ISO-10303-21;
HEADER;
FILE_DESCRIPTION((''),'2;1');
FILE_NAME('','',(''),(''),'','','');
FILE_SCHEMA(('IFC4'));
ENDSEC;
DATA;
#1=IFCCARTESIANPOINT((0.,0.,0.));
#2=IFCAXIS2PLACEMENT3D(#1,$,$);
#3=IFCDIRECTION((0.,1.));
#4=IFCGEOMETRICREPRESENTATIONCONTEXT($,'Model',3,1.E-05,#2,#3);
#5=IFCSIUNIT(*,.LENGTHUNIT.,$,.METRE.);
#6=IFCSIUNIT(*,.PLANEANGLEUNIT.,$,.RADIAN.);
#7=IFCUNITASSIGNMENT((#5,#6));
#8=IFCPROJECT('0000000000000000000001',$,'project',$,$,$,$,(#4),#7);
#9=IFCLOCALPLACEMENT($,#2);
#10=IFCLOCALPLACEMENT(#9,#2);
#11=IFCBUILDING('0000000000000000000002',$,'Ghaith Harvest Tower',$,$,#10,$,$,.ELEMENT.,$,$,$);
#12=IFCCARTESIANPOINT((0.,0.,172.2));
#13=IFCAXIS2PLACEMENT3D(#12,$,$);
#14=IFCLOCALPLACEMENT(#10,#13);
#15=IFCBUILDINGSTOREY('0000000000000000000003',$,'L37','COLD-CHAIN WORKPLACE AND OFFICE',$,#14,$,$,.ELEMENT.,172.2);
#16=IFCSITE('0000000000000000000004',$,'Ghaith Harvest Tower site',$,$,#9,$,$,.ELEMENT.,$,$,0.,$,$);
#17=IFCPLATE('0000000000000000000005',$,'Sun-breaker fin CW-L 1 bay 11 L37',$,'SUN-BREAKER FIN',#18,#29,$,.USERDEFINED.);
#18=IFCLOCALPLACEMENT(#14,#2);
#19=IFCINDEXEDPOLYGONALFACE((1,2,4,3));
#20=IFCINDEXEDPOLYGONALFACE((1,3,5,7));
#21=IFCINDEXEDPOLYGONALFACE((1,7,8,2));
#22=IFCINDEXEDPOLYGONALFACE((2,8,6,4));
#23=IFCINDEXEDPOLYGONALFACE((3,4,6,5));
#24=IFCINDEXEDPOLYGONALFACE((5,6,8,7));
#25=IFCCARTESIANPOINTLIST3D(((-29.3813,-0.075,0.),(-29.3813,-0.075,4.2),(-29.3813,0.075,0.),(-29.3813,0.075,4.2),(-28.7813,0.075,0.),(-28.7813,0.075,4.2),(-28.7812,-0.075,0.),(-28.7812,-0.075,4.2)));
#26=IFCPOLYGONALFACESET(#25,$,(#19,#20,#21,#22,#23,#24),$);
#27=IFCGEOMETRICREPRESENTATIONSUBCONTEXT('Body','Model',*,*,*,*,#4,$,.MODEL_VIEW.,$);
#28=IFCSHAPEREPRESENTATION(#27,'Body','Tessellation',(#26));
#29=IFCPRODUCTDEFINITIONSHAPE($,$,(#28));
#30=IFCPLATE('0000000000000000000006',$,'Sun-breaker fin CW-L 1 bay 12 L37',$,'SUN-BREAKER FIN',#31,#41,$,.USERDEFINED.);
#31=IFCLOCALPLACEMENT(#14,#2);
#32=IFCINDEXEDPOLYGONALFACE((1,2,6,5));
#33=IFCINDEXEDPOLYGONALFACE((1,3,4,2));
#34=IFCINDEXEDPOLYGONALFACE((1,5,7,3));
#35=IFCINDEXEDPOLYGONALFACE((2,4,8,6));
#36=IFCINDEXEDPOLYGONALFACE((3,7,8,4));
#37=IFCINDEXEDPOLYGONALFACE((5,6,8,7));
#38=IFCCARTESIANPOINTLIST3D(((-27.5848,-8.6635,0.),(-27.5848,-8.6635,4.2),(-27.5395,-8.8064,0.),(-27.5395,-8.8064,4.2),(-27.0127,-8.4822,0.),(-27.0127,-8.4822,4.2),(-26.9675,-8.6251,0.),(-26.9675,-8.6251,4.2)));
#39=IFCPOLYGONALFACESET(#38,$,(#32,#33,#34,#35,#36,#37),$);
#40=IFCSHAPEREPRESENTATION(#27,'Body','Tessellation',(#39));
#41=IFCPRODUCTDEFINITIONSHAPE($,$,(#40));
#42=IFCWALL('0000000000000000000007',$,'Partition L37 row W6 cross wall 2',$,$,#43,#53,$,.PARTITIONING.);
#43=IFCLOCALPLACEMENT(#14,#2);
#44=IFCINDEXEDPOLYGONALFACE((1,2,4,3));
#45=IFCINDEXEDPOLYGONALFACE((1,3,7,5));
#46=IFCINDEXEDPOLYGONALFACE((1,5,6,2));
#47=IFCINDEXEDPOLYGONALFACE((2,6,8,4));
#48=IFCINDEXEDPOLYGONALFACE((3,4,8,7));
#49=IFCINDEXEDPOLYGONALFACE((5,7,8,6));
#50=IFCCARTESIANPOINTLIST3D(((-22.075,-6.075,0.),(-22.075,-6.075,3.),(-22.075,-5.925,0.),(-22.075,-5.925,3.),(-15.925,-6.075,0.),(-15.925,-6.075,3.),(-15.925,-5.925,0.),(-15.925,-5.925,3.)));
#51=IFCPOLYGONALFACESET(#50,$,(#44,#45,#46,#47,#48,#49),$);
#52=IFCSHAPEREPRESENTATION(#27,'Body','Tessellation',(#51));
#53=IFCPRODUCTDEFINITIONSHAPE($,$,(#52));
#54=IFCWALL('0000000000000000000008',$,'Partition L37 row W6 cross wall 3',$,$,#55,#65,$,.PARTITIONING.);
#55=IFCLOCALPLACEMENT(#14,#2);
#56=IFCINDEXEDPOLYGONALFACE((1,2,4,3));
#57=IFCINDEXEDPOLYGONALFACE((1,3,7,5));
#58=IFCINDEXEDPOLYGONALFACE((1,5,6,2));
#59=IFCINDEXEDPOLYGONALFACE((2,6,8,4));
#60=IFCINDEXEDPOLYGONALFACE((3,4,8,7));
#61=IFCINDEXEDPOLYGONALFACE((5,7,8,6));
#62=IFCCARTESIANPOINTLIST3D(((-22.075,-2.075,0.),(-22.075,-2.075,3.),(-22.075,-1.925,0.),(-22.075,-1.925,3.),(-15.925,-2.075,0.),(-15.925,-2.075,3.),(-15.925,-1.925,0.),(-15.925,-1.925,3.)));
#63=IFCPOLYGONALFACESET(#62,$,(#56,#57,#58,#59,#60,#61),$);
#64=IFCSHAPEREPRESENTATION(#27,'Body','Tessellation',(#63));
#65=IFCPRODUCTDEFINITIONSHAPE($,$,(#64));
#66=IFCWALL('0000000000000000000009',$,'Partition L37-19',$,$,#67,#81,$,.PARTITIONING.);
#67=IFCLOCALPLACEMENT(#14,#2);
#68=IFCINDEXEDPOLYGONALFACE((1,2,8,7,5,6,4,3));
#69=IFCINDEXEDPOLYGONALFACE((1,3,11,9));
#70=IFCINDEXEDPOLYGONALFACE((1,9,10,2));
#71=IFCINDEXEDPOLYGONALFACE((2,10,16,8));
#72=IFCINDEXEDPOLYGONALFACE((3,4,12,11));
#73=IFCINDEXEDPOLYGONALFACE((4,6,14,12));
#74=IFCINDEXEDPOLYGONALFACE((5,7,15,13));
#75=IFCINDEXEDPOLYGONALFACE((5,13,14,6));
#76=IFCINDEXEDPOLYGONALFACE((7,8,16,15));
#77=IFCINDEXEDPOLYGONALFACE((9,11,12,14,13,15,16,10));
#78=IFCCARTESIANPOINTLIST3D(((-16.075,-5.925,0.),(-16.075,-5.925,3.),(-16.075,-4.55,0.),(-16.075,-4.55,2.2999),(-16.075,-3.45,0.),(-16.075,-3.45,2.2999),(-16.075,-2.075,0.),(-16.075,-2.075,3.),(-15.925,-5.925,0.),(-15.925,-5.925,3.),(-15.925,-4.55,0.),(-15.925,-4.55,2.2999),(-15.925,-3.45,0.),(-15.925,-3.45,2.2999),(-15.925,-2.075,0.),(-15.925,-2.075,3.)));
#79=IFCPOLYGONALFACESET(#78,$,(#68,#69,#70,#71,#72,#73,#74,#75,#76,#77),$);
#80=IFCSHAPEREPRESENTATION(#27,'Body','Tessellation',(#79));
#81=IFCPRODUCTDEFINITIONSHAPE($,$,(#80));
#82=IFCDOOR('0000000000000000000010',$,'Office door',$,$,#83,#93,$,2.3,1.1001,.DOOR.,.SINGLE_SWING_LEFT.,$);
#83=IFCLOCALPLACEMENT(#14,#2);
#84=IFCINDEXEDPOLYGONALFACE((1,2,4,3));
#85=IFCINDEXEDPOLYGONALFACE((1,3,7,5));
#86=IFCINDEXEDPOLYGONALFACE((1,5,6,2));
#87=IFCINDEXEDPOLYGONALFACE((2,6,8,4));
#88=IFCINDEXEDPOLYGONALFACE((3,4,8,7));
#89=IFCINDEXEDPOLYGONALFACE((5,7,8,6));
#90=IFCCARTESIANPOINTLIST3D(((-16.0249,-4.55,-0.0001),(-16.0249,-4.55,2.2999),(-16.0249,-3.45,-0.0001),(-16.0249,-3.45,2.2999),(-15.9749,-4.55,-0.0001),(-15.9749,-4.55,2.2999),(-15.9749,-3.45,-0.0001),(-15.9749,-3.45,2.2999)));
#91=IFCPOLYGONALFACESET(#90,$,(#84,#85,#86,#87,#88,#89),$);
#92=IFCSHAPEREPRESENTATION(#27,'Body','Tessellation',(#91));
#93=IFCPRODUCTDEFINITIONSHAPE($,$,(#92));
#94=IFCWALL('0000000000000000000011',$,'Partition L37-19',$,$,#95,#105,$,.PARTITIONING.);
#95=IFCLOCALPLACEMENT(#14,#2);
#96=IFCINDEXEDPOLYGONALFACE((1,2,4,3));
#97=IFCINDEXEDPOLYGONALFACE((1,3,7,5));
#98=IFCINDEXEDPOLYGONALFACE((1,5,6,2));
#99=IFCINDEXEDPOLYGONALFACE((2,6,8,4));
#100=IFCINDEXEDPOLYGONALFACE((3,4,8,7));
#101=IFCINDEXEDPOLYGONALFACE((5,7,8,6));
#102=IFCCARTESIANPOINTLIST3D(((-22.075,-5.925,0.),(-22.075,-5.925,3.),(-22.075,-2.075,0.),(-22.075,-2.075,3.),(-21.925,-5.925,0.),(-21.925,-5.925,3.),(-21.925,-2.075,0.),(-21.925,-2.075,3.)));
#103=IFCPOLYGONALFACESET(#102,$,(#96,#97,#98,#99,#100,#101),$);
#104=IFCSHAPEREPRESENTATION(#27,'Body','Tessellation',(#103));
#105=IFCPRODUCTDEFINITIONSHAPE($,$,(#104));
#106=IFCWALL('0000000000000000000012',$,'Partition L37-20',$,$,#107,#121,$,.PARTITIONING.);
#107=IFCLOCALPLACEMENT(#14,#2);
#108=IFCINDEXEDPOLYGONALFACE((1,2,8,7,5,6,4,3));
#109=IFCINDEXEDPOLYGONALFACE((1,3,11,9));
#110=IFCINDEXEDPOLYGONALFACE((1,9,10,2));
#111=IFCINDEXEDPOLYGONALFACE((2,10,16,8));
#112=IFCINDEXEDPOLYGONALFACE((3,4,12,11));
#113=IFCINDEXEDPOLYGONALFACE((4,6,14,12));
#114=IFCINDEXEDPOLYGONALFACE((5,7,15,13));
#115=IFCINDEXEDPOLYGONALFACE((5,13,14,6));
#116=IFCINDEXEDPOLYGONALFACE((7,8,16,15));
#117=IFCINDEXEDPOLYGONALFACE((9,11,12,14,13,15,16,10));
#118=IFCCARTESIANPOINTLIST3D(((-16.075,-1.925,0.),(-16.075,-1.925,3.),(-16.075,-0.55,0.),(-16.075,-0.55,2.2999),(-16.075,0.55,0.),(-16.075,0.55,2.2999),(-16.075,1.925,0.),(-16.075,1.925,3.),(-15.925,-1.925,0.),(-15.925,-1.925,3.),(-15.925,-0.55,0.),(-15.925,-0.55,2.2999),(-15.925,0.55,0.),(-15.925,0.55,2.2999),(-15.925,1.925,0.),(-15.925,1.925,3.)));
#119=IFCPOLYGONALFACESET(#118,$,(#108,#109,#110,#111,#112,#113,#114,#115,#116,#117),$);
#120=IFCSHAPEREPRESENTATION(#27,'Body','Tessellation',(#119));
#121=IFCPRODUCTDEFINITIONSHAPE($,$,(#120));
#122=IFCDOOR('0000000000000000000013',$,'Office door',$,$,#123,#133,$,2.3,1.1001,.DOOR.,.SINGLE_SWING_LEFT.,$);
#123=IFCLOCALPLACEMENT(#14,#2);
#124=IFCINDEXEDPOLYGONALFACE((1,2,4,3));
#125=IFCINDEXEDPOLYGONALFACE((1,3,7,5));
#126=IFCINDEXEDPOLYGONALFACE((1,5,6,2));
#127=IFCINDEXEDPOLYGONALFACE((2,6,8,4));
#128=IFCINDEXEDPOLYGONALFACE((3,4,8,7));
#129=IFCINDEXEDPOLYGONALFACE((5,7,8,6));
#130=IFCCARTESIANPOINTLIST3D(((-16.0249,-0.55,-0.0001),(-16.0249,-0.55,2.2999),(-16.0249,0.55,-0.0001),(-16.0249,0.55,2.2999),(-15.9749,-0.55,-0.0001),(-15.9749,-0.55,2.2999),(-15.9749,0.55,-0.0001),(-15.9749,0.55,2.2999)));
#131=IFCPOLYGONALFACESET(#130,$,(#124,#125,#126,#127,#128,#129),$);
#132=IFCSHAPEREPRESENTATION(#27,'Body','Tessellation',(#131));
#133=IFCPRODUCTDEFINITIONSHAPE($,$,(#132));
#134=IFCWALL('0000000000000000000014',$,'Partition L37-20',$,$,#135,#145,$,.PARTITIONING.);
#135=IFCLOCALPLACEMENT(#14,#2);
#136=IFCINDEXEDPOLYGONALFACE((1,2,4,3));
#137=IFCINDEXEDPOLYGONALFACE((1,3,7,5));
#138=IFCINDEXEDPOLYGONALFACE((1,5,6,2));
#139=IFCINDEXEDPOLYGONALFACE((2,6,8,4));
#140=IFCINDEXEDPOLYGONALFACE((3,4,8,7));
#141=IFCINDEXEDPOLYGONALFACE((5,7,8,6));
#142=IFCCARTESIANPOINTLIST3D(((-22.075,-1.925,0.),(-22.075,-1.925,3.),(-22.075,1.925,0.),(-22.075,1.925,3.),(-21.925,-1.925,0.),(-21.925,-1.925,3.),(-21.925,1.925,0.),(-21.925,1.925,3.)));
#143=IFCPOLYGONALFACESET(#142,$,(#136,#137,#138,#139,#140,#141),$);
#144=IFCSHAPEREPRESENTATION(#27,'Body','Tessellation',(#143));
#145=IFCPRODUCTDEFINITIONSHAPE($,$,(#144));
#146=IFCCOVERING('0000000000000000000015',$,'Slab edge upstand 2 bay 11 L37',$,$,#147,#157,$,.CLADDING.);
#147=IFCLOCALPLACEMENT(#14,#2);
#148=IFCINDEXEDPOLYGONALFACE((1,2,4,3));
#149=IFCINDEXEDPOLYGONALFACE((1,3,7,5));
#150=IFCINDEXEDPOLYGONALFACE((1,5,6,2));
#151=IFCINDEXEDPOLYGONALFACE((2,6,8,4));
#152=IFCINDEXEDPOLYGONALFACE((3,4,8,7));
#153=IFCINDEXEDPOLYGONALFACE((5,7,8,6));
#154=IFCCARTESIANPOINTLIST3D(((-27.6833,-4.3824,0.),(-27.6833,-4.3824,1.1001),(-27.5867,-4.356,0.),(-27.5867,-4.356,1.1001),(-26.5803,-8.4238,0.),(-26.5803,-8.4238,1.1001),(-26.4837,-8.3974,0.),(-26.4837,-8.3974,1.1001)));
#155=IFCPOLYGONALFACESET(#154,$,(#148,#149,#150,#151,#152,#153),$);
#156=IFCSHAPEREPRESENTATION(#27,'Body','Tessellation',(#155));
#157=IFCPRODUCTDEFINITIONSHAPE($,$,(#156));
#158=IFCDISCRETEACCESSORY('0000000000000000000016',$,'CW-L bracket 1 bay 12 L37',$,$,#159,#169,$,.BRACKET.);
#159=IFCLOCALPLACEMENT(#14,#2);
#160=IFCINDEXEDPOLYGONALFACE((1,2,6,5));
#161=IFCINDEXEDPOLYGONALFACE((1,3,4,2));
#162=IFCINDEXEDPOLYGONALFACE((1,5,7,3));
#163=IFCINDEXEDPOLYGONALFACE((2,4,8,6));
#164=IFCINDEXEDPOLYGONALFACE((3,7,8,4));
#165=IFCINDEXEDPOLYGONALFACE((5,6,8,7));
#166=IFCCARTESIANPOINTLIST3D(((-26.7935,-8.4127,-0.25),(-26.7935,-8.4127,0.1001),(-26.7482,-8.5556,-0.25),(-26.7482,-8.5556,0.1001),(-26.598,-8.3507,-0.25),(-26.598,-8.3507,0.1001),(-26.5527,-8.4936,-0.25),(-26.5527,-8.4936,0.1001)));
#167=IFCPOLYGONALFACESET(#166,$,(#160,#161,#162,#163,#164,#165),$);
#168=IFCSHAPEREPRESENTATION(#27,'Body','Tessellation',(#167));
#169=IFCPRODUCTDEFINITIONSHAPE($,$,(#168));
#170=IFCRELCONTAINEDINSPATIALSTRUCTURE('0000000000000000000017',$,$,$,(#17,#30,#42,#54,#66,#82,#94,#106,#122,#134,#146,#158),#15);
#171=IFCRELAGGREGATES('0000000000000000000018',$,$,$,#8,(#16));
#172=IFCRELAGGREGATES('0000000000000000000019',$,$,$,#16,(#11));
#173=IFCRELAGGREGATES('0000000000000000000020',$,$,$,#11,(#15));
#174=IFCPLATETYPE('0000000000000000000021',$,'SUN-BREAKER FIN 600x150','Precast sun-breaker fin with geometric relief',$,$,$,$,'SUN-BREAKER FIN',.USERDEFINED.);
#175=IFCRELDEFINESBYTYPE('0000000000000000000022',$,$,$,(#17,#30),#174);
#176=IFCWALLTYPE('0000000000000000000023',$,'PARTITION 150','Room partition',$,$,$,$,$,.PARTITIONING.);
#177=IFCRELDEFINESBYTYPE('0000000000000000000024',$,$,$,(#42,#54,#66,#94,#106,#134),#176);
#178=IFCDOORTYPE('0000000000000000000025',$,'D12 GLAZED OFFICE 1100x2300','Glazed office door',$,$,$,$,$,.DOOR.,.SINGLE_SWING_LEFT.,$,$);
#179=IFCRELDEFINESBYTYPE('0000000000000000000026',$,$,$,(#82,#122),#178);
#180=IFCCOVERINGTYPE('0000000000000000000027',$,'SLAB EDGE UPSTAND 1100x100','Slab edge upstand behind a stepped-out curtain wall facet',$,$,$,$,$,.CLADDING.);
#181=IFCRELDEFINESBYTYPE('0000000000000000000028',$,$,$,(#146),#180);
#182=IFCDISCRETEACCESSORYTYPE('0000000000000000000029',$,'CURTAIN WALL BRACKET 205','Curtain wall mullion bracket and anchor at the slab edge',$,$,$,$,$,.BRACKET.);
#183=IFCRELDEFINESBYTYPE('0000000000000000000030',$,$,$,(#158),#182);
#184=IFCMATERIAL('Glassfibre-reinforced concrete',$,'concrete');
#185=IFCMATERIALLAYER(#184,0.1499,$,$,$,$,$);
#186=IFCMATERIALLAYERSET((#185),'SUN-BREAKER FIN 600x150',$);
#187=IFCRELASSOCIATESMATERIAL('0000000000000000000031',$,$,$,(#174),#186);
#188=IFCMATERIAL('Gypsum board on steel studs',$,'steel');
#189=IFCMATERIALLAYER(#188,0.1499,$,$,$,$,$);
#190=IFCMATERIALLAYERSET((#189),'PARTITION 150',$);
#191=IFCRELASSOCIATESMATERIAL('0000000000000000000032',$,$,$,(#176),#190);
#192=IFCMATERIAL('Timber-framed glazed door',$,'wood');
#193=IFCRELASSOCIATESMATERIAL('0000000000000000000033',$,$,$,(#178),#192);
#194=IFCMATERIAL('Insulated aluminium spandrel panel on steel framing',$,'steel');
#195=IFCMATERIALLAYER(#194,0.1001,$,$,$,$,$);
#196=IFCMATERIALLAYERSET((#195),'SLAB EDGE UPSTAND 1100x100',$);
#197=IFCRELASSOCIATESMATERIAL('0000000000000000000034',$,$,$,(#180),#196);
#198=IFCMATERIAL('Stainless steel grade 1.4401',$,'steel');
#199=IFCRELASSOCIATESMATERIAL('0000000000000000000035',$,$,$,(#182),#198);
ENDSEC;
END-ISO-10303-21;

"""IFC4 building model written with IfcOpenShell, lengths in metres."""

from ifc_helpers import new_model, si_unit, direction, frame, frame_2d, origin, origin_2d, place, context, subcontext, project, spatial, rectangle, extrude, material, layer, layer_set, type_object, element, fill, save


model = new_model("IFC4")

# Units and contexts
model_context = context("Model", 3, precision=1e-05, world=origin(), true_north=direction((0.0, 1.0)))
body_context = subcontext(model_context, "Body", "Model", "MODEL_VIEW")
ifc_project = project(units=[si_unit("LENGTHUNIT", "METRE"), si_unit("PLANEANGLEUNIT", "RADIAN")], contexts=[model_context])

# Site, building, storey
site_placement = place(None, origin())
site = spatial("IfcSite", under=ifc_project, at=site_placement, Name="Ghaith Harvest Tower site", CompositionType="ELEMENT", RefElevation=0.0)
building_placement = place(site_placement, origin())
building = spatial("IfcBuilding", under=site, at=building_placement, Name="Ghaith Harvest Tower", CompositionType="ELEMENT")
storey_placement = place(building_placement, frame((0.0, 0.0, 172.2)))
storey = spatial("IfcBuildingStorey", under=building, at=storey_placement, Name="L37", Description="COLD-CHAIN WORKPLACE AND OFFICE", CompositionType="ELEMENT", Elevation=172.2)

# Plates
ifc_material_1 = material(Name="Glassfibre-reinforced concrete", Category="concrete")
ifc_layer_1 = layer(ifc_material_1, 0.1499)
ifc_layer_set_1 = layer_set([ifc_layer_1], Name="SUN-BREAKER FIN 600x150")
plate_type_1 = type_object("IfcPlateType", Name="SUN-BREAKER FIN 600x150", Description="Precast sun-breaker fin with geometric relief", ElementType="SUN-BREAKER FIN", PredefinedType="USERDEFINED", material=ifc_layer_set_1)
for number, where, z_axis, x_axis, name in (
    (1, (-29.0813, 0.0, 0.0), (0.0, 0.0, 1.0), (-1.0, 0.0, 0.0), "Sun-breaker fin CW-L 1 bay 11 L37"),
    (2, (-27.2761, -8.6443, 0.0), (0.0, 0.0, 1.0), (-0.953273, -0.30211, 0.0), "Sun-breaker fin CW-L 1 bay 12 L37"),
):
    element("IfcPlate", number, at=place(storey_placement, frame(where, z_axis=z_axis, x_axis=x_axis)), inside=storey, type_object=plate_type_1, Name=name, ObjectType="SUN-BREAKER FIN", PredefinedType="USERDEFINED", context=body_context, shape_type="SweptSolid", body=[
        extrude(rectangle(XDim=0.6001, YDim=0.1499, at=origin_2d()), origin(), (0.0, 0.0, 1.0), 4.2),
    ])

# Walls
ifc_material_2 = material(Name="Gypsum board on steel studs", Category="steel")
ifc_layer_2 = layer(ifc_material_2, 0.1499)
ifc_layer_set_2 = layer_set([ifc_layer_2], Name="PARTITION 150")
wall_type_1 = type_object("IfcWallType", Name="PARTITION 150", Description="Room partition", PredefinedType="PARTITIONING", material=ifc_layer_set_2)
for number, where, z_axis, x_axis, name in (
    (3, (-15.925, -6.0, 0.0), (0.0, 0.0, 1.0), (-1.0, 0.0, 0.0), "Partition L37 row W6 cross wall 2"),
    (4, (-15.925, -2.0, 0.0), (0.0, 0.0, 1.0), (-1.0, 0.0, 0.0), "Partition L37 row W6 cross wall 3"),
):
    element("IfcWall", number, at=place(storey_placement, frame(where, z_axis=z_axis, x_axis=x_axis)), inside=storey, type_object=wall_type_1, Name=name, PredefinedType="PARTITIONING", context=body_context, shape_type="SweptSolid", body=[
        extrude(rectangle(XDim=6.1499, YDim=0.1499, at=frame_2d((3.075, 0.0))), origin(), (0.0, 0.0, 1.0), 3.0),
    ])

# Wall, opening, door
wall_1_placement = place(storey_placement, frame((-16.0, -5.925, 0.0), z_axis=(0.0, 0.0, 1.0), x_axis=(0.0, 1.0, 0.0)))
wall_1 = element("IfcWall", 5, at=wall_1_placement, inside=storey, type_object=wall_type_1, Name="Partition L37-19", PredefinedType="PARTITIONING", context=body_context, shape_type="SweptSolid", body=[
    extrude(rectangle(XDim=3.8501, YDim=0.1499, at=frame_2d((1.925, 0.0))), origin(), (0.0, 0.0, 1.0), 3.0),
])
opening_1_placement = place(wall_1_placement, frame((1.375, 0.0, 0.0)))
opening_1 = element("IfcOpeningElement", 6, at=opening_1_placement, cuts=wall_1, PredefinedType="OPENING", context=body_context, shape_type="SweptSolid", body=[
    extrude(rectangle(XDim=1.1001, YDim=2.3, at=frame_2d((0.55, 1.1499))), frame((0.0, 0.085, 0.0), z_axis=(0.0, -1.0, 0.0), x_axis=(1.0, 0.0, 0.0)), (0.0, 0.0, 1.0), 0.1699),
])
ifc_material_3 = material(Name="Timber-framed glazed door", Category="wood")
door_type_1 = type_object("IfcDoorType", Name="D12 GLAZED OFFICE 1100x2300", Description="Glazed office door", OperationType="SINGLE_SWING_LEFT", PredefinedType="DOOR", material=ifc_material_3)
door_1_placement = place(opening_1_placement, origin())
door_1 = element("IfcDoor", 7, at=door_1_placement, inside=storey, type_object=door_type_1, Name="Office door", OperationType="SINGLE_SWING_LEFT", OverallHeight=2.3, OverallWidth=1.1001, PredefinedType="DOOR", context=body_context, shape_type="SweptSolid", body=[
    extrude(rectangle(XDim=1.1001, YDim=2.3, at=frame_2d((0.55, 1.1499))), frame((0.0, 0.0249, 0.0), z_axis=(0.0, -1.0, 0.0), x_axis=(1.0, 0.0, 0.0)), (0.0, 0.0, 1.0), 0.05),
])
fill(opening_1, door_1)

# Wall
wall_2_placement = place(storey_placement, frame((-22.0, -5.925, 0.0), z_axis=(0.0, 0.0, 1.0), x_axis=(0.0, 1.0, 0.0)))
element("IfcWall", 8, at=wall_2_placement, inside=storey, type_object=wall_type_1, Name="Partition L37-19", PredefinedType="PARTITIONING", context=body_context, shape_type="SweptSolid", body=[
    extrude(rectangle(XDim=3.8501, YDim=0.1499, at=frame_2d((1.925, 0.0))), origin(), (0.0, 0.0, 1.0), 3.0),
])

# Wall, opening, door
wall_3_placement = place(storey_placement, frame((-16.0, -1.925, 0.0), z_axis=(0.0, 0.0, 1.0), x_axis=(0.0, 1.0, 0.0)))
wall_3 = element("IfcWall", 9, at=wall_3_placement, inside=storey, type_object=wall_type_1, Name="Partition L37-20", PredefinedType="PARTITIONING", context=body_context, shape_type="SweptSolid", body=[
    extrude(rectangle(XDim=3.8501, YDim=0.1499, at=frame_2d((1.925, 0.0))), origin(), (0.0, 0.0, 1.0), 3.0),
])
opening_2_placement = place(wall_3_placement, frame((1.375, 0.0, 0.0)))
opening_2 = element("IfcOpeningElement", 10, at=opening_2_placement, cuts=wall_3, PredefinedType="OPENING", context=body_context, shape_type="SweptSolid", body=[
    extrude(rectangle(XDim=1.1001, YDim=2.3, at=frame_2d((0.55, 1.1499))), frame((0.0, 0.085, 0.0), z_axis=(0.0, -1.0, 0.0), x_axis=(1.0, 0.0, 0.0)), (0.0, 0.0, 1.0), 0.1699),
])
door_2_placement = place(opening_2_placement, origin())
door_2 = element("IfcDoor", 11, at=door_2_placement, inside=storey, type_object=door_type_1, Name="Office door", OperationType="SINGLE_SWING_LEFT", OverallHeight=2.3, OverallWidth=1.1001, PredefinedType="DOOR", context=body_context, shape_type="SweptSolid", body=[
    extrude(rectangle(XDim=1.1001, YDim=2.3, at=frame_2d((0.55, 1.1499))), frame((0.0, 0.0249, 0.0), z_axis=(0.0, -1.0, 0.0), x_axis=(1.0, 0.0, 0.0)), (0.0, 0.0, 1.0), 0.05),
])
fill(opening_2, door_2)

# Wall
wall_4_placement = place(storey_placement, frame((-22.0, -1.925, 0.0), z_axis=(0.0, 0.0, 1.0), x_axis=(0.0, 1.0, 0.0)))
element("IfcWall", 12, at=wall_4_placement, inside=storey, type_object=wall_type_1, Name="Partition L37-20", PredefinedType="PARTITIONING", context=body_context, shape_type="SweptSolid", body=[
    extrude(rectangle(XDim=3.8501, YDim=0.1499, at=frame_2d((1.925, 0.0))), origin(), (0.0, 0.0, 1.0), 3.0),
])

# Covering
ifc_material_4 = material(Name="Insulated aluminium spandrel panel on steel framing", Category="steel")
ifc_layer_3 = layer(ifc_material_4, 0.1001)
ifc_layer_set_3 = layer_set([ifc_layer_3], Name="SLAB EDGE UPSTAND 1100x100")
covering_type = type_object("IfcCoveringType", Name="SLAB EDGE UPSTAND 1100x100", Description="Slab edge upstand behind a stepped-out curtain wall facet", PredefinedType="CLADDING", material=ifc_layer_set_3)
covering_placement = place(storey_placement, frame((-27.0835, -6.3899, 0.0), z_axis=(0.0, 0.0, 1.0), x_axis=(0.263288, -0.964717, 0.0)))
element("IfcCovering", 13, at=covering_placement, inside=storey, type_object=covering_type, Name="Slab edge upstand 2 bay 11 L37", PredefinedType="CLADDING", context=body_context, shape_type="SweptSolid", body=[
    extrude(rectangle(XDim=4.1892, YDim=0.1001, at=origin_2d()), origin(), (0.0, 0.0, 1.0), 1.1001),
])

# Discrete accessory
ifc_material_5 = material(Name="Stainless steel grade 1.4401", Category="steel")
discrete_accessory_type = type_object("IfcDiscreteAccessoryType", Name="CURTAIN WALL BRACKET 205", Description="Curtain wall mullion bracket and anchor at the slab edge", PredefinedType="BRACKET", material=ifc_material_5)
discrete_accessory_placement = place(storey_placement, frame((-26.6731, -8.4531, -0.25), z_axis=(0.0, 0.0, 1.0), x_axis=(-0.953273, -0.30211, 0.0)))
element("IfcDiscreteAccessory", 14, at=discrete_accessory_placement, inside=storey, type_object=discrete_accessory_type, Name="CW-L bracket 1 bay 12 L37", PredefinedType="BRACKET", context=body_context, shape_type="SweptSolid", body=[
    extrude(rectangle(XDim=0.2051, YDim=0.1499, at=origin_2d()), origin(), (0.0, 0.0, 1.0), 0.3501),
])

save(model, "model.ifc")
